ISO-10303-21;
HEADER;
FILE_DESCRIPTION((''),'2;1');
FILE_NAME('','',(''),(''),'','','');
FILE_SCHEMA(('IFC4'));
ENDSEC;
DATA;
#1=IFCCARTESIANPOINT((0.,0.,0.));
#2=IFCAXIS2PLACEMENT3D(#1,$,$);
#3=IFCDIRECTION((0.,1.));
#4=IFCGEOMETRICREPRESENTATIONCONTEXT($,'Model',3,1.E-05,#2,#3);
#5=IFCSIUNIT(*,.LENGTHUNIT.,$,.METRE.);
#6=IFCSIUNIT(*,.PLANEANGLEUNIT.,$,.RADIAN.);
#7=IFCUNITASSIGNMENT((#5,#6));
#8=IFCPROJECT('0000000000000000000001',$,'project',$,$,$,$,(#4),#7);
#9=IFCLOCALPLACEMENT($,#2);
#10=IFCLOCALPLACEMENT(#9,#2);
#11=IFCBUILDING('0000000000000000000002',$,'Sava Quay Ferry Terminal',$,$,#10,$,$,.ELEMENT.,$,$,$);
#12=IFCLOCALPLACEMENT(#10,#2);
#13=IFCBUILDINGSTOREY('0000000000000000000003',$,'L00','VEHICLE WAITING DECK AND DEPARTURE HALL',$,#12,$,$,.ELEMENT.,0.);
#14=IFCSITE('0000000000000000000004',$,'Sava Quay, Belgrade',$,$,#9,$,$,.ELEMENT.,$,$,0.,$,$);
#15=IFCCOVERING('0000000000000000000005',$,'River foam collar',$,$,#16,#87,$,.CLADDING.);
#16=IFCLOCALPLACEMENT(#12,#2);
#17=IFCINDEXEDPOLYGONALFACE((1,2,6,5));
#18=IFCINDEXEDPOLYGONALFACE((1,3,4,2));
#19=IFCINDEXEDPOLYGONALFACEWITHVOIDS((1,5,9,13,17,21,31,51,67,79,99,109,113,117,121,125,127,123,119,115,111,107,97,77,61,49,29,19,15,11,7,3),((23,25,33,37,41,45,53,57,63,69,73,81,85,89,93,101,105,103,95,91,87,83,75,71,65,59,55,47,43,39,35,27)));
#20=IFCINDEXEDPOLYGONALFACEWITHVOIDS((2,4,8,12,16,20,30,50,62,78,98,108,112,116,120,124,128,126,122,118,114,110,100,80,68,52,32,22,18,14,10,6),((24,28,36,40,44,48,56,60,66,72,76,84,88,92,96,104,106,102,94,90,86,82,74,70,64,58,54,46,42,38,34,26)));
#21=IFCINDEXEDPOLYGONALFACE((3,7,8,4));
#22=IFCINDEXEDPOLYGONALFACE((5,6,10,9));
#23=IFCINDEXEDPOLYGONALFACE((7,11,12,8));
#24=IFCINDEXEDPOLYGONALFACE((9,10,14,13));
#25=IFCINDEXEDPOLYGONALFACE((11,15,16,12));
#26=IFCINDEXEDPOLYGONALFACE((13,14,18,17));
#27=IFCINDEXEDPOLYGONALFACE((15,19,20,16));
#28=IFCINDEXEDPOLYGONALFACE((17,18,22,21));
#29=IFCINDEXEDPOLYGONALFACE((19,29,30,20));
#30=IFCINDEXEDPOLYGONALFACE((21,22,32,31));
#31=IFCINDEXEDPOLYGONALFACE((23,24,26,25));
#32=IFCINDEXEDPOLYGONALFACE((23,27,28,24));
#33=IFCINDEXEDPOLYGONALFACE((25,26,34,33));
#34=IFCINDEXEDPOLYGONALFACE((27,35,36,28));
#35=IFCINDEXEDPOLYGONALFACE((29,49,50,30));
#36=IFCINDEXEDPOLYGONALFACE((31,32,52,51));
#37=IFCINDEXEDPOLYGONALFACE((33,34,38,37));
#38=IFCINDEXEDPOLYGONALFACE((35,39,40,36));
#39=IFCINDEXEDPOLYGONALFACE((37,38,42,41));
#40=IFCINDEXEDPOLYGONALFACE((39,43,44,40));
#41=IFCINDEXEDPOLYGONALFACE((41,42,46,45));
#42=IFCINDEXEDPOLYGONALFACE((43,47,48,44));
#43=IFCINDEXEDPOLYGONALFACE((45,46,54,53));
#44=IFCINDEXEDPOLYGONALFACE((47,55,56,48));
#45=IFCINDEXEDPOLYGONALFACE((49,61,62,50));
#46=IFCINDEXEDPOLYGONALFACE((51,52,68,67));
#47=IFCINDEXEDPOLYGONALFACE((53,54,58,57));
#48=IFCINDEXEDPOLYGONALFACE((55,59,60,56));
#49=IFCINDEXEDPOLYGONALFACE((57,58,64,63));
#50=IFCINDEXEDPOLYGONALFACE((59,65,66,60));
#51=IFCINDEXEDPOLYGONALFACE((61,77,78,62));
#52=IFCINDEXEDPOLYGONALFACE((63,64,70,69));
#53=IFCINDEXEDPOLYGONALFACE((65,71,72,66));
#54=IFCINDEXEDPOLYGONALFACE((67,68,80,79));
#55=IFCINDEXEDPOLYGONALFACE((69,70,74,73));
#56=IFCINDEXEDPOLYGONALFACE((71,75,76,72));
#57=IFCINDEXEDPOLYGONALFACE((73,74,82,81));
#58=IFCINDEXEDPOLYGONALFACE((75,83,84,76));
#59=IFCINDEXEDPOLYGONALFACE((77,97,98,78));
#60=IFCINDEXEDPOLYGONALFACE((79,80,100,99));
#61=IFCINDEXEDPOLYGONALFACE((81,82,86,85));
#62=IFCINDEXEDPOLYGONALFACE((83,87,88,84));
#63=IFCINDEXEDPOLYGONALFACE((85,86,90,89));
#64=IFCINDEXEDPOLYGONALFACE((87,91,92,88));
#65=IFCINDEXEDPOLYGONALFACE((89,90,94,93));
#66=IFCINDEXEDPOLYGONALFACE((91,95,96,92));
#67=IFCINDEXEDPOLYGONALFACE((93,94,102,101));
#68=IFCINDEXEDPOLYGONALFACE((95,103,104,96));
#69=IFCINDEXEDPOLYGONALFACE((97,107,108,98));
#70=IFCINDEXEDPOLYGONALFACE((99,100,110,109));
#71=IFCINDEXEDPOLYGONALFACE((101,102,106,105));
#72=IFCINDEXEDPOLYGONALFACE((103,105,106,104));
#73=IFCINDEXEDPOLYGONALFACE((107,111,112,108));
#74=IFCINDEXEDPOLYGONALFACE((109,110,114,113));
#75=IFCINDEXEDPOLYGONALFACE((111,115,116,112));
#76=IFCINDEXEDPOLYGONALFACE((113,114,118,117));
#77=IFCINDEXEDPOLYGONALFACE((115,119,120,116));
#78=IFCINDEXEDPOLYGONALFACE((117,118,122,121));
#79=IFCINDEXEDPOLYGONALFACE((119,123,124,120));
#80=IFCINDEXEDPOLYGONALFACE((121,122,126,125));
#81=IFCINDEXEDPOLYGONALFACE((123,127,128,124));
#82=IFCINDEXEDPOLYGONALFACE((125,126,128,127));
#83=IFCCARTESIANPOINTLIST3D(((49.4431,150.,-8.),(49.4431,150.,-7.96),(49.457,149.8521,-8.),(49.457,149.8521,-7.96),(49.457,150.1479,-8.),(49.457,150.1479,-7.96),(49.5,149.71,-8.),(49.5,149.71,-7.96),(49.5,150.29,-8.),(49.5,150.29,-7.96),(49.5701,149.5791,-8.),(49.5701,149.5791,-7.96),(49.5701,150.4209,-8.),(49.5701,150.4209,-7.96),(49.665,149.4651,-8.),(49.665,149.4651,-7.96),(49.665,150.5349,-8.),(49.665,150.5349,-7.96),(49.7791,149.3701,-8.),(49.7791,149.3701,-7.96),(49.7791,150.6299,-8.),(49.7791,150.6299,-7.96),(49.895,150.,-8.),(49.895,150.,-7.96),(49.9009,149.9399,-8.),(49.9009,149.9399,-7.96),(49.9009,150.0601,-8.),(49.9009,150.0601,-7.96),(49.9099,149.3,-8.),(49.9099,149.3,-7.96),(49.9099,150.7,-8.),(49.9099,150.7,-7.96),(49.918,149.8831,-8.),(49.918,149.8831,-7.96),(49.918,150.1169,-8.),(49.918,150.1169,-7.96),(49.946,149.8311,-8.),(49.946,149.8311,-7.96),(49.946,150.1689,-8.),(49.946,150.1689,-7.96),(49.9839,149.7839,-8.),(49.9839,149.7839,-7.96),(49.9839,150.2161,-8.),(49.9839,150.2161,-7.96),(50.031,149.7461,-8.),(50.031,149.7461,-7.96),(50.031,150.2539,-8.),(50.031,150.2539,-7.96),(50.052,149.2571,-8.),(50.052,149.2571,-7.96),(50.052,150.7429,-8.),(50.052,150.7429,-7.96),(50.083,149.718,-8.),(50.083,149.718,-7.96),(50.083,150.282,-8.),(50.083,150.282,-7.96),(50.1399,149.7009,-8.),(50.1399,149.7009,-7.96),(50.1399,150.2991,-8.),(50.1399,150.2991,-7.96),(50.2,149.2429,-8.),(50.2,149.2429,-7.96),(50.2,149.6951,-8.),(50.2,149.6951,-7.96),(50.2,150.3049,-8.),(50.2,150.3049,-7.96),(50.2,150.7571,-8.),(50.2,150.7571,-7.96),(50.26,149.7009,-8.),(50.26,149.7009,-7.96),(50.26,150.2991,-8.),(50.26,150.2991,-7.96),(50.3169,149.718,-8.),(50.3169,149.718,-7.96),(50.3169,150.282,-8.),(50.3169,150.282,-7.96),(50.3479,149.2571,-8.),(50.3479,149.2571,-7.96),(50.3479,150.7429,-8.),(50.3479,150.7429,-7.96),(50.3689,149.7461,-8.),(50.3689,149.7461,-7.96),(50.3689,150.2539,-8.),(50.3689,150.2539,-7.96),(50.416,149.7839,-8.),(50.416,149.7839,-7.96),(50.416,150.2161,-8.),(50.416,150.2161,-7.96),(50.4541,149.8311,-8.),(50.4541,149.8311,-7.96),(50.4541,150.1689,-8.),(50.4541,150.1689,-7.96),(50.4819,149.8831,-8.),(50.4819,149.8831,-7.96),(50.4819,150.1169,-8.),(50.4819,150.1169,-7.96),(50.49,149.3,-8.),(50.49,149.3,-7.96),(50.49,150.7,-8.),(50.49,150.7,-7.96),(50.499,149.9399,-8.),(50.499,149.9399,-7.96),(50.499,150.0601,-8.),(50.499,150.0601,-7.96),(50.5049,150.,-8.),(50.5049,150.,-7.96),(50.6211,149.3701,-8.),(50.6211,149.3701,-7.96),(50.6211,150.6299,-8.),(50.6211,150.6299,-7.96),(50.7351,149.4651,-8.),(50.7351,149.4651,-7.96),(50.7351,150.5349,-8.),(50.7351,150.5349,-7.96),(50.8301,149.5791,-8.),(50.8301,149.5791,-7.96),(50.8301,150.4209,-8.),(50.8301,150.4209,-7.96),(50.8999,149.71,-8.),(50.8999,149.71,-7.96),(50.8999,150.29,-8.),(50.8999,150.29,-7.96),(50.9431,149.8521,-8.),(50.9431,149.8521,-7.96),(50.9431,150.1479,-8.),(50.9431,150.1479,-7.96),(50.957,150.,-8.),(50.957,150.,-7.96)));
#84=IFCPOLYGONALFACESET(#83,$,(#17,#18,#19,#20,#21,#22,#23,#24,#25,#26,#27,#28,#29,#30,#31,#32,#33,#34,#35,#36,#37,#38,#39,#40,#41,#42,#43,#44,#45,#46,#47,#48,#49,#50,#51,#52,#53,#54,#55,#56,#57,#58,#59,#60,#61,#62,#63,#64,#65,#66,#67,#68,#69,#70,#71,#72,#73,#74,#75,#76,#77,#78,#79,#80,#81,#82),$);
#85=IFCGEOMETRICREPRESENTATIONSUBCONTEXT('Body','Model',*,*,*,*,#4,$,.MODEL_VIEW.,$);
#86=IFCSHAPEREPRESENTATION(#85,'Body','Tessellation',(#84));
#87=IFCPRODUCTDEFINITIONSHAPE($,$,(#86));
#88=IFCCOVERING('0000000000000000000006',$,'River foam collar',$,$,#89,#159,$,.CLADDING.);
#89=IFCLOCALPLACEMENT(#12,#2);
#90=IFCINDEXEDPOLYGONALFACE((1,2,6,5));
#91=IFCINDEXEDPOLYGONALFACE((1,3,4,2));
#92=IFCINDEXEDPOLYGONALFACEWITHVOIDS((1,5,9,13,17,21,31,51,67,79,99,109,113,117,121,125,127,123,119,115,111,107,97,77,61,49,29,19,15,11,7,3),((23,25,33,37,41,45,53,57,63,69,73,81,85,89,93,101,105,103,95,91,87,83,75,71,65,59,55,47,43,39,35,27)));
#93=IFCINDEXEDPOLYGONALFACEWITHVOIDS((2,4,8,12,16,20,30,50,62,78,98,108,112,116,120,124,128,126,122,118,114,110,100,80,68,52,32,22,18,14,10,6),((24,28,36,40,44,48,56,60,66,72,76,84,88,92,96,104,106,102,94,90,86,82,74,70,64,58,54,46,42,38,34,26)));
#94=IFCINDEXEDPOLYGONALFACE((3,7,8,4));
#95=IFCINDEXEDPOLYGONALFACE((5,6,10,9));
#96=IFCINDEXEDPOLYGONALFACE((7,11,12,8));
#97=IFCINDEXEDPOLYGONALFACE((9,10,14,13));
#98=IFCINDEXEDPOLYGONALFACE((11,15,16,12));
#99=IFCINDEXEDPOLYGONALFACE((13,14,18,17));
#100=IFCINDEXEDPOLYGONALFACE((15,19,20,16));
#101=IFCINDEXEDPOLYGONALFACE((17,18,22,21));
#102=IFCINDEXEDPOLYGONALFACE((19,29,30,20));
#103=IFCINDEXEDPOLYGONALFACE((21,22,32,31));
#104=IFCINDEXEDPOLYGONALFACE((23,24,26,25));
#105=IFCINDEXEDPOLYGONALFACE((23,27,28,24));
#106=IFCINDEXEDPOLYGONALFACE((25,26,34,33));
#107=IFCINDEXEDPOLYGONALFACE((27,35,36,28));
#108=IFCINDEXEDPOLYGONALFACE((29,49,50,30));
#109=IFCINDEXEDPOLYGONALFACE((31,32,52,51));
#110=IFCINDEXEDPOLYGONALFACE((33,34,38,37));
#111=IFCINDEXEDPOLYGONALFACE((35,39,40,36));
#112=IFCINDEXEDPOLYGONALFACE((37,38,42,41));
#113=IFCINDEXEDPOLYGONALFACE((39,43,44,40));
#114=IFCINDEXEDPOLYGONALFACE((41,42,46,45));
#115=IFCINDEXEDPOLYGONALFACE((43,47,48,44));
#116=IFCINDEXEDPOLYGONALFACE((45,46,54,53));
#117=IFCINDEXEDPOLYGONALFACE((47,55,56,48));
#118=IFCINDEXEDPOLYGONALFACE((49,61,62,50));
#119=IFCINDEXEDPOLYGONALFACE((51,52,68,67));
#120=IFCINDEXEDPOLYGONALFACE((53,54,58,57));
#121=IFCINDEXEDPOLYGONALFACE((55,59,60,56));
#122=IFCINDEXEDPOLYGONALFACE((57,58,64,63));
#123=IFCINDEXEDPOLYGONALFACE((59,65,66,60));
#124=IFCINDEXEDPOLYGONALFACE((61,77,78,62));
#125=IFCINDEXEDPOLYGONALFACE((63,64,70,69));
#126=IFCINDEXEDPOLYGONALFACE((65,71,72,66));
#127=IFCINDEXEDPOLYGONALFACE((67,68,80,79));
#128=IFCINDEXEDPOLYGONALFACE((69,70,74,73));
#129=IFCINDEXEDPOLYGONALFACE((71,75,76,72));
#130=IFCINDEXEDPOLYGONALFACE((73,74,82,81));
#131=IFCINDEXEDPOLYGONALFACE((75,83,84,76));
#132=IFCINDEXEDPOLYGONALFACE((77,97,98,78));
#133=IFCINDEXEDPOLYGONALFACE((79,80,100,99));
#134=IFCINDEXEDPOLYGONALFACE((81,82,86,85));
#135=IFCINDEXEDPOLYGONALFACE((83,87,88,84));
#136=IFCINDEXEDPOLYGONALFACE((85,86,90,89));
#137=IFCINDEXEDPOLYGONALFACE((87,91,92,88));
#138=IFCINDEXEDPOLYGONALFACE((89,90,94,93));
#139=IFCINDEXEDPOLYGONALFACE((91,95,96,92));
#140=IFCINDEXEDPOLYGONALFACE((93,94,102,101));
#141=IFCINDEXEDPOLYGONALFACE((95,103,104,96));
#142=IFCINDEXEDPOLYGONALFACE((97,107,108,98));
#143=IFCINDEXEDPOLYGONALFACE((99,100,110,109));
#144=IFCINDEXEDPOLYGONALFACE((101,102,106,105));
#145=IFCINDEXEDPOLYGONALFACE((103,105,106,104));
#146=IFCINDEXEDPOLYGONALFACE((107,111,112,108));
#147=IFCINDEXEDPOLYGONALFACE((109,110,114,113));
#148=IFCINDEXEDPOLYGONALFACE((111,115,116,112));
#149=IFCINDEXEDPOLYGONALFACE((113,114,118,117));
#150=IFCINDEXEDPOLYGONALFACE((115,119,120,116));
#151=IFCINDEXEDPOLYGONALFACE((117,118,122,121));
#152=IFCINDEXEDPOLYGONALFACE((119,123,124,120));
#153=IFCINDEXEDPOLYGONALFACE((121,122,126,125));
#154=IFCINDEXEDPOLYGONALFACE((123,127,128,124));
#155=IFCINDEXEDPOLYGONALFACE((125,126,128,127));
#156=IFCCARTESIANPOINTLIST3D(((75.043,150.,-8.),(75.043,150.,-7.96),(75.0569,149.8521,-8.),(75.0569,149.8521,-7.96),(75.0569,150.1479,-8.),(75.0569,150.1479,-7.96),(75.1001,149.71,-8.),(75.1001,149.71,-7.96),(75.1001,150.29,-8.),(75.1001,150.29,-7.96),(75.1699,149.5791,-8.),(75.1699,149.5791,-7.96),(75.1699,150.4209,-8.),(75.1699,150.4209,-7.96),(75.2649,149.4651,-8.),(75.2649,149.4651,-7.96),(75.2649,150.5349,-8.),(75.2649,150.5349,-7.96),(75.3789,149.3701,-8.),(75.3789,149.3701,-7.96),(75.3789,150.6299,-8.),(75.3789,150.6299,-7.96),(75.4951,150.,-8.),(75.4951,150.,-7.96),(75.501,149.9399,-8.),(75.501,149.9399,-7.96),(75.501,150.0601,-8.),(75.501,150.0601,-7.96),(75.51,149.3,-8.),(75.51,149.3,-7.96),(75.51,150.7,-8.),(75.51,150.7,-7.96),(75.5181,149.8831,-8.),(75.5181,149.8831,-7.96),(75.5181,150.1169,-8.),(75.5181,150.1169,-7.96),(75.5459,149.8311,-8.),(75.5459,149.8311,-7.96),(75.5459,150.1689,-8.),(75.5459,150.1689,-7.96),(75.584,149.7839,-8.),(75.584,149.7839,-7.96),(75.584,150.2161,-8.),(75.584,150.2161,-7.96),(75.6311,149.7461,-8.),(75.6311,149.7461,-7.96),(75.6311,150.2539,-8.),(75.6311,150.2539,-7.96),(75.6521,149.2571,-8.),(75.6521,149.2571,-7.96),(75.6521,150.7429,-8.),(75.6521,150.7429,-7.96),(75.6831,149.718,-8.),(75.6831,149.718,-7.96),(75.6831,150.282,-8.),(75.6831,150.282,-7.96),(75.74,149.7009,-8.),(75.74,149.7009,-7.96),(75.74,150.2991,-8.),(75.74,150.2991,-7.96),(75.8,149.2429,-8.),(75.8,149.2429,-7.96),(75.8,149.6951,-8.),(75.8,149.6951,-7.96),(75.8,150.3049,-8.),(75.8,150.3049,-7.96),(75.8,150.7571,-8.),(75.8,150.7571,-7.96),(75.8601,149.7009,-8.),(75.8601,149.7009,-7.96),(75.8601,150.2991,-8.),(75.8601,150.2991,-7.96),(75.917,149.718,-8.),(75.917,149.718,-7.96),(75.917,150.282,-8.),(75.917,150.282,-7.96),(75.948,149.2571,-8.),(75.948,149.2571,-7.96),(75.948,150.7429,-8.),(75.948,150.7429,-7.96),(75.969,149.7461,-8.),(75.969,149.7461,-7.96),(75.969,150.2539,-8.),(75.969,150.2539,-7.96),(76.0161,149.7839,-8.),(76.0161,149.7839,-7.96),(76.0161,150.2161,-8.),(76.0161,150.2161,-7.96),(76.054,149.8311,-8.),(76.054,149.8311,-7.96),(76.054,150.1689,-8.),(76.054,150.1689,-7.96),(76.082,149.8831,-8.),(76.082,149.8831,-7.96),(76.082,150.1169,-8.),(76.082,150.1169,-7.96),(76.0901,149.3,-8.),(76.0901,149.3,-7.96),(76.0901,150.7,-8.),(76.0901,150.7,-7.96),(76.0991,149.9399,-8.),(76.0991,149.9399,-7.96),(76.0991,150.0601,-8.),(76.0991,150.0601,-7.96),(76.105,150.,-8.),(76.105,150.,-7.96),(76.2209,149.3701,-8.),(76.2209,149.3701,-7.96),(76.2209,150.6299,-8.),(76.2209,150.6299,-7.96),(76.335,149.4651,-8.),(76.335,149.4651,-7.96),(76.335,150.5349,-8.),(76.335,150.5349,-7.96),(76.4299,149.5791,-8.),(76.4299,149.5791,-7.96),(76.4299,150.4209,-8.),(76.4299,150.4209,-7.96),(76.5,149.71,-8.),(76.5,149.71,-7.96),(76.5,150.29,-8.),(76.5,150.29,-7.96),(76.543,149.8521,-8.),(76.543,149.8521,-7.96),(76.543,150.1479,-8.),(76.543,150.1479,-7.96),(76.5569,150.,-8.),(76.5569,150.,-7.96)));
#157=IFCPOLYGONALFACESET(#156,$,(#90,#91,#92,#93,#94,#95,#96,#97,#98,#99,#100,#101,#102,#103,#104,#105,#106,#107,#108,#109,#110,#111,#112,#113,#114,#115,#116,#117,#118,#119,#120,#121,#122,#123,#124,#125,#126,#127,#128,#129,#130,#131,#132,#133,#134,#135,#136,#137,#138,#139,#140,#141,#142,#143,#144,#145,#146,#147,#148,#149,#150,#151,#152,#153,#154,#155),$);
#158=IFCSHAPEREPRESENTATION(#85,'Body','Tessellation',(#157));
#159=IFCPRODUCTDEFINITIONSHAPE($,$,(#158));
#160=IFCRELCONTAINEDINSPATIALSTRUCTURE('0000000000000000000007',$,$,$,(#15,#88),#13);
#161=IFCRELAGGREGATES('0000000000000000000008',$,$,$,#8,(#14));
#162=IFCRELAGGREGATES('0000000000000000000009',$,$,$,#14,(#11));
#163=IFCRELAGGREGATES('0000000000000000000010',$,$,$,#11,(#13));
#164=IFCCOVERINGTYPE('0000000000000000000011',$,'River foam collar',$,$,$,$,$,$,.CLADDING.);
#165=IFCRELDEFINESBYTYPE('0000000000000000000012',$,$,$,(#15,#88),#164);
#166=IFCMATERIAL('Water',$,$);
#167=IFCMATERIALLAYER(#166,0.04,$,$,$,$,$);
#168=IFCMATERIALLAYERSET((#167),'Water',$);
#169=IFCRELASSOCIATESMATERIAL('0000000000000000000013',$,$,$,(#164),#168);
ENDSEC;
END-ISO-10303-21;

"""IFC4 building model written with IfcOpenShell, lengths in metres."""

from ifc_helpers import new_model, si_unit, direction, frame, origin, place, context, subcontext, project, spatial, polyline, outline, extrude, material, layer, layer_set, type_object, element, save


model = new_model("IFC4")

# Units and contexts
model_context = context("Model", 3, precision=1e-05, world=origin(), true_north=direction((0.0, 1.0)))
body_context = subcontext(model_context, "Body", "Model", "MODEL_VIEW")
ifc_project = project(units=[si_unit("LENGTHUNIT", "METRE"), si_unit("PLANEANGLEUNIT", "RADIAN")], contexts=[model_context])

# Site, building, storey
site_placement = place(None, origin())
site = spatial("IfcSite", under=ifc_project, at=site_placement, Name="Sava Quay, Belgrade", CompositionType="ELEMENT", RefElevation=0.0)
building_placement = place(site_placement, origin())
building = spatial("IfcBuilding", under=site, at=building_placement, Name="Sava Quay Ferry Terminal", CompositionType="ELEMENT")
storey_placement = place(building_placement, origin())
storey = spatial("IfcBuildingStorey", under=building, at=storey_placement, Name="L00", Description="VEHICLE WAITING DECK AND DEPARTURE HALL", CompositionType="ELEMENT", Elevation=0.0)

# Coverings
ifc_material_1 = material(Name="Water")
ifc_layer_1 = layer(ifc_material_1, 0.04)
ifc_layer_set_1 = layer_set([ifc_layer_1], Name="Water")
covering_type_1 = type_object("IfcCoveringType", Name="River foam collar", PredefinedType="CLADDING", material=ifc_layer_set_1)
covering_1_placement = place(storey_placement, frame((0.0, 0.0, -8.0)))
element("IfcCovering", 1, at=covering_1_placement, inside=storey, type_object=covering_type_1, Name="River foam collar", PredefinedType="CLADDING", context=body_context, shape_type="SweptSolid", body=[
    extrude(outline(polyline([(50.3479, 150.7429), (50.2, 150.7571), (50.052, 150.7429), (49.9099, 150.7), (49.7791, 150.6299), (49.665, 150.5349), (49.5701, 150.4209), (49.5, 150.29), (49.457, 150.1479), (49.4431, 150.0), (49.457, 149.8521), (49.5, 149.71), (49.5701, 149.5791), (49.665, 149.4651), (49.7791, 149.3701), (49.9099, 149.3), (50.052, 149.2571), (50.2, 149.2429), (50.3479, 149.2571), (50.49, 149.3), (50.6211, 149.3701), (50.7351, 149.4651), (50.8301, 149.5791), (50.8999, 149.71), (50.9431, 149.8521), (50.957, 150.0), (50.9431, 150.1479), (50.8999, 150.29), (50.8301, 150.4209), (50.7351, 150.5349), (50.6211, 150.6299), (50.49, 150.7), (50.3479, 150.7429)]), holes=[polyline([(50.26, 149.7009), (50.2, 149.6951), (50.1399, 149.7009), (50.083, 149.718), (50.031, 149.7461), (49.9839, 149.7839), (49.946, 149.8311), (49.918, 149.8831), (49.9009, 149.9399), (49.895, 150.0), (49.9009, 150.0601), (49.918, 150.1169), (49.946, 150.1689), (49.9839, 150.2161), (50.031, 150.2539), (50.083, 150.282), (50.1399, 150.2991), (50.2, 150.3049), (50.26, 150.2991), (50.3169, 150.282), (50.3689, 150.2539), (50.416, 150.2161), (50.4541, 150.1689), (50.4819, 150.1169), (50.499, 150.0601), (50.5049, 150.0), (50.499, 149.9399), (50.4819, 149.8831), (50.4541, 149.8311), (50.416, 149.7839), (50.3689, 149.7461), (50.3169, 149.718), (50.26, 149.7009)])]), origin(), (0.0, 0.0, 1.0), 0.04),
])
covering_2_placement = place(storey_placement, frame((0.0, 0.0, -8.0)))
element("IfcCovering", 2, at=covering_2_placement, inside=storey, type_object=covering_type_1, Name="River foam collar", PredefinedType="CLADDING", context=body_context, shape_type="SweptSolid", body=[
    extrude(outline(polyline([(76.0901, 150.7), (75.948, 150.7429), (75.8, 150.7571), (75.6521, 150.7429), (75.51, 150.7), (75.3789, 150.6299), (75.2649, 150.5349), (75.1699, 150.4209), (75.1001, 150.29), (75.0569, 150.1479), (75.043, 150.0), (75.0569, 149.8521), (75.1001, 149.71), (75.1699, 149.5791), (75.2649, 149.4651), (75.3789, 149.3701), (75.51, 149.3), (75.6521, 149.2571), (75.8, 149.2429), (75.948, 149.2571), (76.0901, 149.3), (76.2209, 149.3701), (76.335, 149.4651), (76.4299, 149.5791), (76.5, 149.71), (76.543, 149.8521), (76.5569, 150.0), (76.543, 150.1479), (76.5, 150.29), (76.4299, 150.4209), (76.335, 150.5349), (76.2209, 150.6299), (76.0901, 150.7)]), holes=[polyline([(75.917, 149.718), (75.8601, 149.7009), (75.8, 149.6951), (75.74, 149.7009), (75.6831, 149.718), (75.6311, 149.7461), (75.584, 149.7839), (75.5459, 149.8311), (75.5181, 149.8831), (75.501, 149.9399), (75.4951, 150.0), (75.501, 150.0601), (75.5181, 150.1169), (75.5459, 150.1689), (75.584, 150.2161), (75.6311, 150.2539), (75.6831, 150.282), (75.74, 150.2991), (75.8, 150.3049), (75.8601, 150.2991), (75.917, 150.282), (75.969, 150.2539), (76.0161, 150.2161), (76.054, 150.1689), (76.082, 150.1169), (76.0991, 150.0601), (76.105, 150.0), (76.0991, 149.9399), (76.082, 149.8831), (76.054, 149.8311), (76.0161, 149.7839), (75.969, 149.7461), (75.917, 149.718)])]), origin(), (0.0, 0.0, 1.0), 0.04),
])

save(model, "model.ifc")
